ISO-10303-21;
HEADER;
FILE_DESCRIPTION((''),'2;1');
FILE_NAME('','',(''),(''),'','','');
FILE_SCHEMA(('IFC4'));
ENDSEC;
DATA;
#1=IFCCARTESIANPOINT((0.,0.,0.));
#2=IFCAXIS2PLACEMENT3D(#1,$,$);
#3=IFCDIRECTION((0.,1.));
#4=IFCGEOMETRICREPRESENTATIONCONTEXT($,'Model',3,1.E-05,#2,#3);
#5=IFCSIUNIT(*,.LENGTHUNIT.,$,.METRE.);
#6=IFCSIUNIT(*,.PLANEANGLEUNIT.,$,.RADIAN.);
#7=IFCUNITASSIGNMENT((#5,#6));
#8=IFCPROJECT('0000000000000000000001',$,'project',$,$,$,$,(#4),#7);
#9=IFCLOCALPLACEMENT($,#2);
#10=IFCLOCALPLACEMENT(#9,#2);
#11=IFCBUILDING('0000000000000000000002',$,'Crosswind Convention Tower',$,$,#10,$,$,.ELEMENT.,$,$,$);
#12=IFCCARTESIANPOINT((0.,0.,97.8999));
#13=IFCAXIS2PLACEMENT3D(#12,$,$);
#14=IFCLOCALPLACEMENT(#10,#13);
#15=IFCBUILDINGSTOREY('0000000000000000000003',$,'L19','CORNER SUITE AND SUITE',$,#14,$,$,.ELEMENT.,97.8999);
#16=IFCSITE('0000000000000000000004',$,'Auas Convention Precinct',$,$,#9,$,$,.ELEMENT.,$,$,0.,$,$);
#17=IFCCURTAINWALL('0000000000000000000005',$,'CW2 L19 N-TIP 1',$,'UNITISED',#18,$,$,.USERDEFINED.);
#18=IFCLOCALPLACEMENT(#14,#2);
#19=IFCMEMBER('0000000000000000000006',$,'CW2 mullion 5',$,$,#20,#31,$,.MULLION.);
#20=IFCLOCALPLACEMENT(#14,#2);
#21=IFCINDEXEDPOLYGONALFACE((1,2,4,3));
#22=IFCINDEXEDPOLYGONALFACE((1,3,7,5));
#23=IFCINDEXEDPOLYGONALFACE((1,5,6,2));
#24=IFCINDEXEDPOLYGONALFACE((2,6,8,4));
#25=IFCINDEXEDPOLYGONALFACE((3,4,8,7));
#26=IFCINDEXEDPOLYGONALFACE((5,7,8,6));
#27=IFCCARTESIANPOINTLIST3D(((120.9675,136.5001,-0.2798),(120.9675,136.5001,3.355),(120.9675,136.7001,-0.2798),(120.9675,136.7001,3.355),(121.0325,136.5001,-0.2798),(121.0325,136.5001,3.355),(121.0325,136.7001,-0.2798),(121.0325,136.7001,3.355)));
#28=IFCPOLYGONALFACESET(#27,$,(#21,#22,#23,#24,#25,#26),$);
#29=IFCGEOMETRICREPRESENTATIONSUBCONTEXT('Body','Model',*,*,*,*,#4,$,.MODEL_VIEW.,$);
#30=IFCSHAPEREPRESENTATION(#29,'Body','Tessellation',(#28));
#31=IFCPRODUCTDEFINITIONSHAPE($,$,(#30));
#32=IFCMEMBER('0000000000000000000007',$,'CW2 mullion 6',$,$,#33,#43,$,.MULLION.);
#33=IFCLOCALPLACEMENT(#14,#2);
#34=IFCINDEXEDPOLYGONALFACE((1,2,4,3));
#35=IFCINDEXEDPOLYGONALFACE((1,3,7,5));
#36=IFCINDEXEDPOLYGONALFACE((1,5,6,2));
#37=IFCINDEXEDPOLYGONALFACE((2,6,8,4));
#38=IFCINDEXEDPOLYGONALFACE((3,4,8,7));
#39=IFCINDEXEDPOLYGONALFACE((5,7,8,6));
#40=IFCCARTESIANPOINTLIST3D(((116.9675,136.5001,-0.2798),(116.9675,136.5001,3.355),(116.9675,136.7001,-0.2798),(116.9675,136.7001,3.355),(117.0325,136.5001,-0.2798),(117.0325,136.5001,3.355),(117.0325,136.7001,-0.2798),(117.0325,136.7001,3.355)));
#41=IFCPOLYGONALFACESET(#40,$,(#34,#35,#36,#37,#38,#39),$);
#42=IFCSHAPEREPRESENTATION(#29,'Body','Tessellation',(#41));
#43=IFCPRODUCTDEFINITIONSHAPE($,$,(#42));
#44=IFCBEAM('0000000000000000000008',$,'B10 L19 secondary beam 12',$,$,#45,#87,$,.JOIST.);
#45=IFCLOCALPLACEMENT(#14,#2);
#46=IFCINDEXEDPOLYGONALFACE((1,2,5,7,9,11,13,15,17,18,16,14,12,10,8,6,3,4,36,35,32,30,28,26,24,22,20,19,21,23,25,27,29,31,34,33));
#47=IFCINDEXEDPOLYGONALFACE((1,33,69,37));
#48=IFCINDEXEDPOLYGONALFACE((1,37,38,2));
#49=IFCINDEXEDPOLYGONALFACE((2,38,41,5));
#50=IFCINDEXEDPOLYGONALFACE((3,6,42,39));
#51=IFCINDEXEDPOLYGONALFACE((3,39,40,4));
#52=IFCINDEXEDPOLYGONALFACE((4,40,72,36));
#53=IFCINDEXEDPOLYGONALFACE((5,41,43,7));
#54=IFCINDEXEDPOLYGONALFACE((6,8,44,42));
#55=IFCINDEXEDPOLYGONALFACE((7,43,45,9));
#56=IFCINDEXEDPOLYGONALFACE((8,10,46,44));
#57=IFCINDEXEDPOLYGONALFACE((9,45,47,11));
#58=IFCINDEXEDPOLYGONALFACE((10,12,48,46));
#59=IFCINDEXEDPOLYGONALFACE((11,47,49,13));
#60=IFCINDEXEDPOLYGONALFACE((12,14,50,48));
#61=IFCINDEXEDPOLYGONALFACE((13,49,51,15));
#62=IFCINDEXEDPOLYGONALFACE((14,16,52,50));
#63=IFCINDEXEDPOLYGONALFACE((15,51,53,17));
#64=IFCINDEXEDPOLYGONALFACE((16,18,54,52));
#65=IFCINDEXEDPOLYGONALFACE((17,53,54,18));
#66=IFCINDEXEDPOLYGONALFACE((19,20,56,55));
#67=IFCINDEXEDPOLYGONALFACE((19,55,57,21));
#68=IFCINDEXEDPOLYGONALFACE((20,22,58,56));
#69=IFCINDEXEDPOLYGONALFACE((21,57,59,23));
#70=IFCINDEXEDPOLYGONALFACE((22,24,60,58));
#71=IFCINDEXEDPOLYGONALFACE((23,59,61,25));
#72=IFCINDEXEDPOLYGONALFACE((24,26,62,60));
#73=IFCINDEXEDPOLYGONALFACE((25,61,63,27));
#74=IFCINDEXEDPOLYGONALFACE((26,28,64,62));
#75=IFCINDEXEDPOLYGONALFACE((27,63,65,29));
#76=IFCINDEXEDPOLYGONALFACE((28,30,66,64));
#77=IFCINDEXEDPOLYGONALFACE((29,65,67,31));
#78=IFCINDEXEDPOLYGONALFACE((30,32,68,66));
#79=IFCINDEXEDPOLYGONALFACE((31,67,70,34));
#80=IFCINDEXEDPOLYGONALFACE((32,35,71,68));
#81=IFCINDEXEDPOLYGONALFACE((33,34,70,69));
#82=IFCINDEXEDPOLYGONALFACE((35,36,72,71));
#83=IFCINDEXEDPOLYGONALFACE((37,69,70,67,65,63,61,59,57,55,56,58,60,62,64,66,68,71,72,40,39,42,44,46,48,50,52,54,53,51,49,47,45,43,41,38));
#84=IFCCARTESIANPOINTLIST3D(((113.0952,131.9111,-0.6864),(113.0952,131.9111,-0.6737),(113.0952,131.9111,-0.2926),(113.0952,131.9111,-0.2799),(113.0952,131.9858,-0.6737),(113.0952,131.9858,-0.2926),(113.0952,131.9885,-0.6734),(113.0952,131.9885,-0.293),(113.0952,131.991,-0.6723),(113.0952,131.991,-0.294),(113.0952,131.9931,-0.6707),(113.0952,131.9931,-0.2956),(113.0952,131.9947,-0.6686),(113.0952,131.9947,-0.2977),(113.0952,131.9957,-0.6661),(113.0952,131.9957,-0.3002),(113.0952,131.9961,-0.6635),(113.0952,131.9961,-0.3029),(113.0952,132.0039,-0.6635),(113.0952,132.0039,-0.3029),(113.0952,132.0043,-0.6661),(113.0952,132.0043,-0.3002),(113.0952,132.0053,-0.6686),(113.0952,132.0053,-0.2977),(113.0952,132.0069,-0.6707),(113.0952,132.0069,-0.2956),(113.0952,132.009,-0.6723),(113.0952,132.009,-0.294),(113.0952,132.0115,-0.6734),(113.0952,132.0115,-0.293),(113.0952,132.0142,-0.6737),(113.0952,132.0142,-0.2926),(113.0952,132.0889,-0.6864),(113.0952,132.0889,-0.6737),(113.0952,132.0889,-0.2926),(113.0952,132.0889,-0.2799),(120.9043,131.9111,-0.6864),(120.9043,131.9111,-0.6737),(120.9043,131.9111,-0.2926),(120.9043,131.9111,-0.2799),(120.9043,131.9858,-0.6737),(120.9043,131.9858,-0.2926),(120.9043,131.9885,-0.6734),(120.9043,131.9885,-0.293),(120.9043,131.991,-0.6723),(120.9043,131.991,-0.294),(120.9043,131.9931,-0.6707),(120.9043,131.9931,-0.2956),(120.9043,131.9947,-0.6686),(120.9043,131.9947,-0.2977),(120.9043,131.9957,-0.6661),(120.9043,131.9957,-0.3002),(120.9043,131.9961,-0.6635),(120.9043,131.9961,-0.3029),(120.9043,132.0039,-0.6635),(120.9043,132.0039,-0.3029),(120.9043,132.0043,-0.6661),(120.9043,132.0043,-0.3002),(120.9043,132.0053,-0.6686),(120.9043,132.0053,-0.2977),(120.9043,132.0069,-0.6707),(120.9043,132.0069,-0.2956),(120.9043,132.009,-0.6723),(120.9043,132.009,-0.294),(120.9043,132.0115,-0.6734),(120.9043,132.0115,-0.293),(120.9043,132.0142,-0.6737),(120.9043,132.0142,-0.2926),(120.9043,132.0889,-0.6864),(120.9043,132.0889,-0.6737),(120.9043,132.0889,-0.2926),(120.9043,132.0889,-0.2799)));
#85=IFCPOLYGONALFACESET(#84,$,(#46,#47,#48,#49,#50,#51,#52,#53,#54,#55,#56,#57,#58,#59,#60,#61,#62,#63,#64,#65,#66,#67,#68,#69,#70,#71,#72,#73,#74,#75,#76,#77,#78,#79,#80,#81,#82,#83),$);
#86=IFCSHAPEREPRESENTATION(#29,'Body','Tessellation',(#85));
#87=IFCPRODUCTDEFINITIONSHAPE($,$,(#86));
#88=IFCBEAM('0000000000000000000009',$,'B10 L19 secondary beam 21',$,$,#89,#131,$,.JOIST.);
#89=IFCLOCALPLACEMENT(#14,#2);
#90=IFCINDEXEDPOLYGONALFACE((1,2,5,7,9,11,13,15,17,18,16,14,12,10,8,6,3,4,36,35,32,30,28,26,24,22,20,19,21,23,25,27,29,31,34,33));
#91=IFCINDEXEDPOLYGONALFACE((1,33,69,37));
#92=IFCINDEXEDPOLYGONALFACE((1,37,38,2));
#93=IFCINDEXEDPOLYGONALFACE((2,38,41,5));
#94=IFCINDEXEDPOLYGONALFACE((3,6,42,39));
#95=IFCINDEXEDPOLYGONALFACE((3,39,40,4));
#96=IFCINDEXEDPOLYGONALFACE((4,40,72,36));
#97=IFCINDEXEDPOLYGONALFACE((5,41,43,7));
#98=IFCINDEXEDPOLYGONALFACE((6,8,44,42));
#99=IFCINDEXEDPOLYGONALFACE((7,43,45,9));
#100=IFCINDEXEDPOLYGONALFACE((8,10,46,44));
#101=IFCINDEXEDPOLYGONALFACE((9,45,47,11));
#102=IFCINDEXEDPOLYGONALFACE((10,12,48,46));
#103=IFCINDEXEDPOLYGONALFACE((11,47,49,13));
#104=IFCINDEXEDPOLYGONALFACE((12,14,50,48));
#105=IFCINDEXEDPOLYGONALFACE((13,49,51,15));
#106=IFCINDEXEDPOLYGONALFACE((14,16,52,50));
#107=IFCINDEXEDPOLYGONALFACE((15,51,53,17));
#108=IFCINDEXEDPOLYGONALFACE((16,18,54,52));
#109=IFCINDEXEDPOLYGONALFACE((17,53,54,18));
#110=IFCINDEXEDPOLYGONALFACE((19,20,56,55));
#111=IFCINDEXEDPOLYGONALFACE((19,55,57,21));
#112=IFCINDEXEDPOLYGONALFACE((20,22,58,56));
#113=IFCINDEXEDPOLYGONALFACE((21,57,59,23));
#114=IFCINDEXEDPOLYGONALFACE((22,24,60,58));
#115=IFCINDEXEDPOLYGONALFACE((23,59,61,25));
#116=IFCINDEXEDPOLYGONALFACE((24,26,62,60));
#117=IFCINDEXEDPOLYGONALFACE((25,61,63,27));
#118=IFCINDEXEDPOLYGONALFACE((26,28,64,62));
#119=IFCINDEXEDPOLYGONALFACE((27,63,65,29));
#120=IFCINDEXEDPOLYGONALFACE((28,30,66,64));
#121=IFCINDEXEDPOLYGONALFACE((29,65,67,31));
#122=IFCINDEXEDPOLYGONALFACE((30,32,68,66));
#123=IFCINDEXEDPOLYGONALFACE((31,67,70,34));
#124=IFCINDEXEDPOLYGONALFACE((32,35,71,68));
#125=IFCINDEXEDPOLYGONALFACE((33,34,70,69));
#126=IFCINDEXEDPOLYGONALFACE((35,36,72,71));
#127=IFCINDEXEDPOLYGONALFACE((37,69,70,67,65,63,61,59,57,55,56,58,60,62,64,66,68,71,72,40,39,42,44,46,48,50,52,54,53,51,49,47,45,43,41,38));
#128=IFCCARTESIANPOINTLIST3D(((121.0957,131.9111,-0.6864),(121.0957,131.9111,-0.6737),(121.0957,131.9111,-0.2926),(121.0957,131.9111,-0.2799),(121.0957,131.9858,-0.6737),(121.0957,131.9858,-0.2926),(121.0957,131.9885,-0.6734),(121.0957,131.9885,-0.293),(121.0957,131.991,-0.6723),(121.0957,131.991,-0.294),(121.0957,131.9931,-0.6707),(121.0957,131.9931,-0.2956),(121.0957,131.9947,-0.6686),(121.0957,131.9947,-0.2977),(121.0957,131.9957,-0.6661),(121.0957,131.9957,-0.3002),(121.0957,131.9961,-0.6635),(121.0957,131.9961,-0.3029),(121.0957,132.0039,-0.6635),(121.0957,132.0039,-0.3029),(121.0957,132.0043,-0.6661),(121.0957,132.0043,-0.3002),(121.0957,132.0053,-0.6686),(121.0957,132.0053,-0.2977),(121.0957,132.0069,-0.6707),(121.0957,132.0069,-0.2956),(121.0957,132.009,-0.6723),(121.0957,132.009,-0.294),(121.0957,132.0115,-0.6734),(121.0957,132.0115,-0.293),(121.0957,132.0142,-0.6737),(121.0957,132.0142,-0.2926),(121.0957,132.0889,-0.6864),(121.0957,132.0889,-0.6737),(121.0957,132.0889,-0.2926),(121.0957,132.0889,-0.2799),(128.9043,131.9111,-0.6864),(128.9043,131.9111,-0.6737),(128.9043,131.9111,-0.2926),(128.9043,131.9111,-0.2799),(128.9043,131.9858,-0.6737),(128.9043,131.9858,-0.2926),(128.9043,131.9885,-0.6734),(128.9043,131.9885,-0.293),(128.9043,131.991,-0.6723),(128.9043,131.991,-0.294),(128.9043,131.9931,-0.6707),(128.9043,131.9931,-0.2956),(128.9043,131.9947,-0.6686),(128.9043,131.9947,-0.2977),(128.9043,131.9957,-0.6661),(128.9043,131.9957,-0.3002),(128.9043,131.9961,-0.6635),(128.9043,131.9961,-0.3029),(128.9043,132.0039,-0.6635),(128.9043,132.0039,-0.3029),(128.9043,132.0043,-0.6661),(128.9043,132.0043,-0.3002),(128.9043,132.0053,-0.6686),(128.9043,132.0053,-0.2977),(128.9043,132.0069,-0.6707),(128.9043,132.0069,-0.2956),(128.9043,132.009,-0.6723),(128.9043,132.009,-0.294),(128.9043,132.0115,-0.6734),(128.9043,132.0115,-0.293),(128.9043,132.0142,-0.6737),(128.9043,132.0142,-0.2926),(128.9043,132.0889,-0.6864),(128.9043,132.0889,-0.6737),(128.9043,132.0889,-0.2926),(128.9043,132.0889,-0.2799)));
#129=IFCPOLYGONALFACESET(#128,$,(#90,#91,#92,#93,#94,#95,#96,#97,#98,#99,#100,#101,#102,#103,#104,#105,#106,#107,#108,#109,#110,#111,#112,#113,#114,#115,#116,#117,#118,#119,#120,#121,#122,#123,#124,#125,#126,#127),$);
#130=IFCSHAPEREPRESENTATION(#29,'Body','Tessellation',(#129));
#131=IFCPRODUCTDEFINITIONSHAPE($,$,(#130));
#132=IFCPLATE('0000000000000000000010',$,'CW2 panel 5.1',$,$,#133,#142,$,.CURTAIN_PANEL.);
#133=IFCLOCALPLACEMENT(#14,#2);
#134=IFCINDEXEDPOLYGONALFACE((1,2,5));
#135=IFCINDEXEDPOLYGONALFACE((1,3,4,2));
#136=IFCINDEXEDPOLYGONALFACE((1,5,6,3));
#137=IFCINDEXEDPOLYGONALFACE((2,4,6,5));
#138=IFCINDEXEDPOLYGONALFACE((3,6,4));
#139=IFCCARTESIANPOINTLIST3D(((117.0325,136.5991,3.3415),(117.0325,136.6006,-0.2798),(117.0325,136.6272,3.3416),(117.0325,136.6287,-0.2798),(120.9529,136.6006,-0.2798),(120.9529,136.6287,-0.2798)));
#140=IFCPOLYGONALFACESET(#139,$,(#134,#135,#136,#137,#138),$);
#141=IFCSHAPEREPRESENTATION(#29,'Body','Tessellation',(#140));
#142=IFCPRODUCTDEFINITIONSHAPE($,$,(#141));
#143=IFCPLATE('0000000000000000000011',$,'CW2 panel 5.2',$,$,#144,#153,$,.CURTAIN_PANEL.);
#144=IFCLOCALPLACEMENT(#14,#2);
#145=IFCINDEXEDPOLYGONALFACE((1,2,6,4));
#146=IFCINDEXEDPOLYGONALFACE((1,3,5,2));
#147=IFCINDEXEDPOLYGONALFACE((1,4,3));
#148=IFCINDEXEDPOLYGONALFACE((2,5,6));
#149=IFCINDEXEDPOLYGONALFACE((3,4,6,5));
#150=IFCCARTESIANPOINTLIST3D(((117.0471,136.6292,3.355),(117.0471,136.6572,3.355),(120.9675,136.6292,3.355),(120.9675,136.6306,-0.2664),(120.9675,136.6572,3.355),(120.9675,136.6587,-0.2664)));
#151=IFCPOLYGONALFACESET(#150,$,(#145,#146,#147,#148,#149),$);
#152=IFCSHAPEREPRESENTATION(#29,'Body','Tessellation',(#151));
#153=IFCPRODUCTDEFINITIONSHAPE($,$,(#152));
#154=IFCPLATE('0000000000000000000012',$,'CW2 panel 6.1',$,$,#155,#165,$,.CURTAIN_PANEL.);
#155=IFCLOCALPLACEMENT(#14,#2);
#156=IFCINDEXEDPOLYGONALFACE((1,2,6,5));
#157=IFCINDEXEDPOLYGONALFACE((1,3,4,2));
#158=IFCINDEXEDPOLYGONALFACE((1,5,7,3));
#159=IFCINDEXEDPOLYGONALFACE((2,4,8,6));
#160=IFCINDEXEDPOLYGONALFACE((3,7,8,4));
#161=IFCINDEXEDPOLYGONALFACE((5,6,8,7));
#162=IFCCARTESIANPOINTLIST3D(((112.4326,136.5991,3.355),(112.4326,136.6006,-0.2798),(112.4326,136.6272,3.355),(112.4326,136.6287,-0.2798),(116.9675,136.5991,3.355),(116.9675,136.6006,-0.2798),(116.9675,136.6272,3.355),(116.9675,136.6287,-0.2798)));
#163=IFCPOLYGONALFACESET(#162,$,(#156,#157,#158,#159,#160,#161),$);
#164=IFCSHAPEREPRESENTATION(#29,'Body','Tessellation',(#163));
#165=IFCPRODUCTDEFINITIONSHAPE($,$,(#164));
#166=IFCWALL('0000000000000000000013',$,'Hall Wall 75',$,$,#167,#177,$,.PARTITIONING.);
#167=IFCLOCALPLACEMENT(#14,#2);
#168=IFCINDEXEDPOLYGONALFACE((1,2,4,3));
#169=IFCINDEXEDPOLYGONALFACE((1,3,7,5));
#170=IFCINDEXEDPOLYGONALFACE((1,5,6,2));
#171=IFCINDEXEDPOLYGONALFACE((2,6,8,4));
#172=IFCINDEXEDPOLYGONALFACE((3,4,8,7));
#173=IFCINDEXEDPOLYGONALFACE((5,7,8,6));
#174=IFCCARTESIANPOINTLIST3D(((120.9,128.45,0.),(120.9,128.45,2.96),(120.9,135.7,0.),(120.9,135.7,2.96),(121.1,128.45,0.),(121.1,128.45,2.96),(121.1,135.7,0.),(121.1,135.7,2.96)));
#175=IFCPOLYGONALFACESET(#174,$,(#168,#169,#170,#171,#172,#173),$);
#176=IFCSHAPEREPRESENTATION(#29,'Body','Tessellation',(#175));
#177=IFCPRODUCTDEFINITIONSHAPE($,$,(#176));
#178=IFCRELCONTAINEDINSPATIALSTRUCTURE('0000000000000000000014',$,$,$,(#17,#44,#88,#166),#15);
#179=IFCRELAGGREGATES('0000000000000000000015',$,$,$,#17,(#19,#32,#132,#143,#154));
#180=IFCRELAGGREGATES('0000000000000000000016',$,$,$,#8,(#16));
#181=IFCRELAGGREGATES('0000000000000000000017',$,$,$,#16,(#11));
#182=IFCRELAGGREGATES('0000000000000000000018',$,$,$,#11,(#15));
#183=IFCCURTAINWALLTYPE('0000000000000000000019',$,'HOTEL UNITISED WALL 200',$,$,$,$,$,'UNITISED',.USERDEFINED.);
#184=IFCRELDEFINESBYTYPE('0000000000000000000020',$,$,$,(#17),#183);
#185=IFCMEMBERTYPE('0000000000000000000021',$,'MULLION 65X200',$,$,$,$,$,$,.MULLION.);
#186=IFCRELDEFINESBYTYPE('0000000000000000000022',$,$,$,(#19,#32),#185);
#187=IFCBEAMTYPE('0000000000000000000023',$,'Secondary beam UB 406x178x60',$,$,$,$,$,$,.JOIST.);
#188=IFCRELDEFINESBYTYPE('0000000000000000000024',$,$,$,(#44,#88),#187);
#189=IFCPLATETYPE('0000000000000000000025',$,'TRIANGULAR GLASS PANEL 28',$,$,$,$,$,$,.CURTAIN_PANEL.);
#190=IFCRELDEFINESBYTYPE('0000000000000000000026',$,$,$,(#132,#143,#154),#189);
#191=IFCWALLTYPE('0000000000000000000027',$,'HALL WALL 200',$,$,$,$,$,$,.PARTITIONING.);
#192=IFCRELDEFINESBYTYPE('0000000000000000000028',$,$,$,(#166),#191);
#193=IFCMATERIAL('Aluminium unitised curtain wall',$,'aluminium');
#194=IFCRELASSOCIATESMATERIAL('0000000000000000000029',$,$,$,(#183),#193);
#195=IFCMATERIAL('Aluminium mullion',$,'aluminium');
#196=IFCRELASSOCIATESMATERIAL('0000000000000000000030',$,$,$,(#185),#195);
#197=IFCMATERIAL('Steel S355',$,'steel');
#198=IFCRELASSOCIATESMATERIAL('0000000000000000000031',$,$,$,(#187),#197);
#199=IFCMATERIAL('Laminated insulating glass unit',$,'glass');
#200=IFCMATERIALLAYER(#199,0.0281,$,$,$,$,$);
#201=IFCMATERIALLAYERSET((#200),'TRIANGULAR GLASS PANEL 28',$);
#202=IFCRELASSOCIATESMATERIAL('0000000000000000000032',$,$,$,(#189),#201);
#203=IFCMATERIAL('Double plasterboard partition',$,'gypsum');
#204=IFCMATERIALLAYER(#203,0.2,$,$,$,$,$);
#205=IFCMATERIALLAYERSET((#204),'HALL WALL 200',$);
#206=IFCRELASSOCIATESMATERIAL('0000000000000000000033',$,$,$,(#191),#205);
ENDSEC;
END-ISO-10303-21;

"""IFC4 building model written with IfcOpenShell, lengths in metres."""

from ifc_helpers import new_model, si_unit, direction, frame, frame_2d, origin, origin_2d, place, context, subcontext, project, spatial, polyline, rectangle, i_section, outline, extrude, material, layer, layer_set, material_profile, profile_set, type_object, element, aggregate, save


model = new_model("IFC4")

# Units and contexts
model_context = context("Model", 3, precision=1e-05, world=origin(), true_north=direction((0.0, 1.0)))
body_context = subcontext(model_context, "Body", "Model", "MODEL_VIEW")
ifc_project = project(units=[si_unit("LENGTHUNIT", "METRE"), si_unit("PLANEANGLEUNIT", "RADIAN")], contexts=[model_context])

# Site, building, storey
site_placement = place(None, origin())
site = spatial("IfcSite", under=ifc_project, at=site_placement, Name="Auas Convention Precinct", CompositionType="ELEMENT", RefElevation=0.0)
building_placement = place(site_placement, origin())
building = spatial("IfcBuilding", under=site, at=building_placement, Name="Crosswind Convention Tower", CompositionType="ELEMENT")
storey_placement = place(building_placement, frame((0.0, 0.0, 97.8999)))
storey = spatial("IfcBuildingStorey", under=building, at=storey_placement, Name="L19", Description="CORNER SUITE AND SUITE", CompositionType="ELEMENT", Elevation=97.8999)

# Shared definitions
ifc_material_1 = material(Name="Steel S355", Category="steel")

# Curtain wall, members
ifc_material_2 = material(Name="Aluminium unitised curtain wall", Category="aluminium")
curtain_wall_type = type_object("IfcCurtainWallType", Name="HOTEL UNITISED WALL 200", ElementType="UNITISED", PredefinedType="USERDEFINED", material=ifc_material_2)
curtain_wall_placement = place(storey_placement, origin())
curtain_wall = element("IfcCurtainWall", 1, at=curtain_wall_placement, inside=storey, type_object=curtain_wall_type, Name="CW2 L19 N-TIP 1", ObjectType="UNITISED", PredefinedType="USERDEFINED")
ifc_material_3 = material(Name="Aluminium mullion", Category="aluminium")
ifc_material_profile_1 = material_profile(ifc_material_3, rectangle(XDim=0.2, YDim=0.0649, at=origin_2d()), Name="AL 200X65")
ifc_profile_set_1 = profile_set([ifc_material_profile_1], Name="Aluminium mullion")
member_type = type_object("IfcMemberType", Name="MULLION 65X200", PredefinedType="MULLION", material=ifc_profile_set_1)
member_1_placement = place(storey_placement, frame((121.0, 136.6001, -0.2798), z_axis=(0.0, 0.0, 1.0), x_axis=(0.0, 1.0, 0.0)))
member_1 = element("IfcMember", 2, at=member_1_placement, type_object=member_type, Name="CW2 mullion 5", PredefinedType="MULLION", context=body_context, shape_type="SweptSolid", body=[
    extrude(rectangle(XDim=0.2, YDim=0.0649, at=origin_2d()), origin(), (0.0, 0.0, 1.0), 3.6348),
])
member_2_placement = place(storey_placement, frame((117.0, 136.6001, -0.2798), z_axis=(0.0, 0.0, 1.0), x_axis=(0.0, 1.0, 0.0)))
member_2 = element("IfcMember", 3, at=member_2_placement, type_object=member_type, Name="CW2 mullion 6", PredefinedType="MULLION", context=body_context, shape_type="SweptSolid", body=[
    extrude(rectangle(XDim=0.2, YDim=0.0649, at=origin_2d()), origin(), (0.0, 0.0, 1.0), 3.6348),
])

# Beams
ifc_material_profile_2 = material_profile(ifc_material_1, i_section(OverallWidth=0.1777, OverallDepth=0.4065, WebThickness=0.0078, FlangeThickness=0.0127, FilletRadius=0.0103, at=origin_2d()), Name="UB 406x178x60")
ifc_profile_set_2 = profile_set([ifc_material_profile_2], Name="Steel S355")
beam_type_1 = type_object("IfcBeamType", Name="Secondary beam UB 406x178x60", PredefinedType="JOIST", material=ifc_profile_set_2)
beam_1_placement = place(storey_placement, frame((113.0952, 132.0, -0.4832), z_axis=(1.0, 0.0, 0.0), x_axis=(0.0, 1.0, 0.0)))
element("IfcBeam", 4, at=beam_1_placement, inside=storey, type_object=beam_type_1, Name="B10 L19 secondary beam 12", PredefinedType="JOIST", context=body_context, shape_type="SweptSolid", body=[
    extrude(i_section(OverallWidth=0.1777, OverallDepth=0.4065, WebThickness=0.0078, FlangeThickness=0.0127, FilletRadius=0.0103, at=origin_2d()), origin(), (0.0, 0.0, 1.0), 7.8091),
])
beam_2_placement = place(storey_placement, frame((121.0957, 132.0, -0.4832), z_axis=(1.0, 0.0, 0.0), x_axis=(0.0, 1.0, 0.0)))
element("IfcBeam", 5, at=beam_2_placement, inside=storey, type_object=beam_type_1, Name="B10 L19 secondary beam 21", PredefinedType="JOIST", context=body_context, shape_type="SweptSolid", body=[
    extrude(i_section(OverallWidth=0.1777, OverallDepth=0.4065, WebThickness=0.0078, FlangeThickness=0.0127, FilletRadius=0.0103, at=origin_2d()), origin(), (0.0, 0.0, 1.0), 7.8086),
])

# Plates
ifc_material_4 = material(Name="Laminated insulating glass unit", Category="glass")
ifc_layer_1 = layer(ifc_material_4, 0.0281)
ifc_layer_set_1 = layer_set([ifc_layer_1], Name="TRIANGULAR GLASS PANEL 28")
plate_type = type_object("IfcPlateType", Name="TRIANGULAR GLASS PANEL 28", PredefinedType="CURTAIN_PANEL", material=ifc_layer_set_1)
plate_1_placement = place(storey_placement, frame((117.0325, 136.6287, -0.2798), z_axis=(0.0, 1.0, 0.000405), x_axis=(0.0, -0.000405, 1.0)))
plate_1 = element("IfcPlate", 6, at=plate_1_placement, type_object=plate_type, Name="CW2 panel 5.1", PredefinedType="CURTAIN_PANEL", context=body_context, shape_type="SweptSolid", body=[
    extrude(outline(polyline([(0.0, 0.0), (3.6213, 0.0), (0.0, 3.9204), (0.0, 0.0)])), origin(), (0.0, 0.0, -1.0), 0.0281),
])
plate_2_placement = place(storey_placement, frame((120.9675, 136.6572, 3.355), z_axis=(0.0, 1.0, 0.000405), x_axis=(0.0, 0.000405, -1.0)))
plate_2 = element("IfcPlate", 7, at=plate_2_placement, type_object=plate_type, Name="CW2 panel 5.2", PredefinedType="CURTAIN_PANEL", context=body_context, shape_type="SweptSolid", body=[
    extrude(outline(polyline([(0.0, 0.0), (3.6213, 0.0), (0.0, 3.9204), (0.0, 0.0)])), origin(), (0.0, 0.0, -1.0), 0.0281),
])
plate_3_placement = place(storey_placement, frame((116.9675, 136.6287, -0.2798), z_axis=(0.0, 1.0, 0.000403), x_axis=(-1.0, 0.0, 0.0)))
plate_3 = element("IfcPlate", 8, at=plate_3_placement, type_object=plate_type, Name="CW2 panel 6.1", PredefinedType="CURTAIN_PANEL", context=body_context, shape_type="SweptSolid", body=[
    extrude(outline(polyline([(0.0, 0.0), (4.5349, 0.0), (4.5349, 3.6348), (0.0, 3.6348), (0.0, 0.0)])), origin(), (0.0, 0.0, -1.0), 0.0281),
])
aggregate(curtain_wall, [member_1, member_2, plate_1, plate_2, plate_3])

# Wall
ifc_material_5 = material(Name="Double plasterboard partition", Category="gypsum")
ifc_layer_2 = layer(ifc_material_5, 0.2)
ifc_layer_set_2 = layer_set([ifc_layer_2], Name="HALL WALL 200")
wall_type_1 = type_object("IfcWallType", Name="HALL WALL 200", PredefinedType="PARTITIONING", material=ifc_layer_set_2)
wall_1_placement = place(storey_placement, frame((121.0, 128.45, 0.0), z_axis=(0.0, 0.0, 1.0), x_axis=(0.0, 1.0, 0.0)))
element("IfcWall", 9, at=wall_1_placement, inside=storey, type_object=wall_type_1, Name="Hall Wall 75", PredefinedType="PARTITIONING", context=body_context, shape_type="SweptSolid", body=[
    extrude(rectangle(XDim=7.25, YDim=0.2, at=frame_2d((3.625, 0.0))), origin(), (0.0, 0.0, 1.0), 2.96),
])

save(model, "model.ifc")
